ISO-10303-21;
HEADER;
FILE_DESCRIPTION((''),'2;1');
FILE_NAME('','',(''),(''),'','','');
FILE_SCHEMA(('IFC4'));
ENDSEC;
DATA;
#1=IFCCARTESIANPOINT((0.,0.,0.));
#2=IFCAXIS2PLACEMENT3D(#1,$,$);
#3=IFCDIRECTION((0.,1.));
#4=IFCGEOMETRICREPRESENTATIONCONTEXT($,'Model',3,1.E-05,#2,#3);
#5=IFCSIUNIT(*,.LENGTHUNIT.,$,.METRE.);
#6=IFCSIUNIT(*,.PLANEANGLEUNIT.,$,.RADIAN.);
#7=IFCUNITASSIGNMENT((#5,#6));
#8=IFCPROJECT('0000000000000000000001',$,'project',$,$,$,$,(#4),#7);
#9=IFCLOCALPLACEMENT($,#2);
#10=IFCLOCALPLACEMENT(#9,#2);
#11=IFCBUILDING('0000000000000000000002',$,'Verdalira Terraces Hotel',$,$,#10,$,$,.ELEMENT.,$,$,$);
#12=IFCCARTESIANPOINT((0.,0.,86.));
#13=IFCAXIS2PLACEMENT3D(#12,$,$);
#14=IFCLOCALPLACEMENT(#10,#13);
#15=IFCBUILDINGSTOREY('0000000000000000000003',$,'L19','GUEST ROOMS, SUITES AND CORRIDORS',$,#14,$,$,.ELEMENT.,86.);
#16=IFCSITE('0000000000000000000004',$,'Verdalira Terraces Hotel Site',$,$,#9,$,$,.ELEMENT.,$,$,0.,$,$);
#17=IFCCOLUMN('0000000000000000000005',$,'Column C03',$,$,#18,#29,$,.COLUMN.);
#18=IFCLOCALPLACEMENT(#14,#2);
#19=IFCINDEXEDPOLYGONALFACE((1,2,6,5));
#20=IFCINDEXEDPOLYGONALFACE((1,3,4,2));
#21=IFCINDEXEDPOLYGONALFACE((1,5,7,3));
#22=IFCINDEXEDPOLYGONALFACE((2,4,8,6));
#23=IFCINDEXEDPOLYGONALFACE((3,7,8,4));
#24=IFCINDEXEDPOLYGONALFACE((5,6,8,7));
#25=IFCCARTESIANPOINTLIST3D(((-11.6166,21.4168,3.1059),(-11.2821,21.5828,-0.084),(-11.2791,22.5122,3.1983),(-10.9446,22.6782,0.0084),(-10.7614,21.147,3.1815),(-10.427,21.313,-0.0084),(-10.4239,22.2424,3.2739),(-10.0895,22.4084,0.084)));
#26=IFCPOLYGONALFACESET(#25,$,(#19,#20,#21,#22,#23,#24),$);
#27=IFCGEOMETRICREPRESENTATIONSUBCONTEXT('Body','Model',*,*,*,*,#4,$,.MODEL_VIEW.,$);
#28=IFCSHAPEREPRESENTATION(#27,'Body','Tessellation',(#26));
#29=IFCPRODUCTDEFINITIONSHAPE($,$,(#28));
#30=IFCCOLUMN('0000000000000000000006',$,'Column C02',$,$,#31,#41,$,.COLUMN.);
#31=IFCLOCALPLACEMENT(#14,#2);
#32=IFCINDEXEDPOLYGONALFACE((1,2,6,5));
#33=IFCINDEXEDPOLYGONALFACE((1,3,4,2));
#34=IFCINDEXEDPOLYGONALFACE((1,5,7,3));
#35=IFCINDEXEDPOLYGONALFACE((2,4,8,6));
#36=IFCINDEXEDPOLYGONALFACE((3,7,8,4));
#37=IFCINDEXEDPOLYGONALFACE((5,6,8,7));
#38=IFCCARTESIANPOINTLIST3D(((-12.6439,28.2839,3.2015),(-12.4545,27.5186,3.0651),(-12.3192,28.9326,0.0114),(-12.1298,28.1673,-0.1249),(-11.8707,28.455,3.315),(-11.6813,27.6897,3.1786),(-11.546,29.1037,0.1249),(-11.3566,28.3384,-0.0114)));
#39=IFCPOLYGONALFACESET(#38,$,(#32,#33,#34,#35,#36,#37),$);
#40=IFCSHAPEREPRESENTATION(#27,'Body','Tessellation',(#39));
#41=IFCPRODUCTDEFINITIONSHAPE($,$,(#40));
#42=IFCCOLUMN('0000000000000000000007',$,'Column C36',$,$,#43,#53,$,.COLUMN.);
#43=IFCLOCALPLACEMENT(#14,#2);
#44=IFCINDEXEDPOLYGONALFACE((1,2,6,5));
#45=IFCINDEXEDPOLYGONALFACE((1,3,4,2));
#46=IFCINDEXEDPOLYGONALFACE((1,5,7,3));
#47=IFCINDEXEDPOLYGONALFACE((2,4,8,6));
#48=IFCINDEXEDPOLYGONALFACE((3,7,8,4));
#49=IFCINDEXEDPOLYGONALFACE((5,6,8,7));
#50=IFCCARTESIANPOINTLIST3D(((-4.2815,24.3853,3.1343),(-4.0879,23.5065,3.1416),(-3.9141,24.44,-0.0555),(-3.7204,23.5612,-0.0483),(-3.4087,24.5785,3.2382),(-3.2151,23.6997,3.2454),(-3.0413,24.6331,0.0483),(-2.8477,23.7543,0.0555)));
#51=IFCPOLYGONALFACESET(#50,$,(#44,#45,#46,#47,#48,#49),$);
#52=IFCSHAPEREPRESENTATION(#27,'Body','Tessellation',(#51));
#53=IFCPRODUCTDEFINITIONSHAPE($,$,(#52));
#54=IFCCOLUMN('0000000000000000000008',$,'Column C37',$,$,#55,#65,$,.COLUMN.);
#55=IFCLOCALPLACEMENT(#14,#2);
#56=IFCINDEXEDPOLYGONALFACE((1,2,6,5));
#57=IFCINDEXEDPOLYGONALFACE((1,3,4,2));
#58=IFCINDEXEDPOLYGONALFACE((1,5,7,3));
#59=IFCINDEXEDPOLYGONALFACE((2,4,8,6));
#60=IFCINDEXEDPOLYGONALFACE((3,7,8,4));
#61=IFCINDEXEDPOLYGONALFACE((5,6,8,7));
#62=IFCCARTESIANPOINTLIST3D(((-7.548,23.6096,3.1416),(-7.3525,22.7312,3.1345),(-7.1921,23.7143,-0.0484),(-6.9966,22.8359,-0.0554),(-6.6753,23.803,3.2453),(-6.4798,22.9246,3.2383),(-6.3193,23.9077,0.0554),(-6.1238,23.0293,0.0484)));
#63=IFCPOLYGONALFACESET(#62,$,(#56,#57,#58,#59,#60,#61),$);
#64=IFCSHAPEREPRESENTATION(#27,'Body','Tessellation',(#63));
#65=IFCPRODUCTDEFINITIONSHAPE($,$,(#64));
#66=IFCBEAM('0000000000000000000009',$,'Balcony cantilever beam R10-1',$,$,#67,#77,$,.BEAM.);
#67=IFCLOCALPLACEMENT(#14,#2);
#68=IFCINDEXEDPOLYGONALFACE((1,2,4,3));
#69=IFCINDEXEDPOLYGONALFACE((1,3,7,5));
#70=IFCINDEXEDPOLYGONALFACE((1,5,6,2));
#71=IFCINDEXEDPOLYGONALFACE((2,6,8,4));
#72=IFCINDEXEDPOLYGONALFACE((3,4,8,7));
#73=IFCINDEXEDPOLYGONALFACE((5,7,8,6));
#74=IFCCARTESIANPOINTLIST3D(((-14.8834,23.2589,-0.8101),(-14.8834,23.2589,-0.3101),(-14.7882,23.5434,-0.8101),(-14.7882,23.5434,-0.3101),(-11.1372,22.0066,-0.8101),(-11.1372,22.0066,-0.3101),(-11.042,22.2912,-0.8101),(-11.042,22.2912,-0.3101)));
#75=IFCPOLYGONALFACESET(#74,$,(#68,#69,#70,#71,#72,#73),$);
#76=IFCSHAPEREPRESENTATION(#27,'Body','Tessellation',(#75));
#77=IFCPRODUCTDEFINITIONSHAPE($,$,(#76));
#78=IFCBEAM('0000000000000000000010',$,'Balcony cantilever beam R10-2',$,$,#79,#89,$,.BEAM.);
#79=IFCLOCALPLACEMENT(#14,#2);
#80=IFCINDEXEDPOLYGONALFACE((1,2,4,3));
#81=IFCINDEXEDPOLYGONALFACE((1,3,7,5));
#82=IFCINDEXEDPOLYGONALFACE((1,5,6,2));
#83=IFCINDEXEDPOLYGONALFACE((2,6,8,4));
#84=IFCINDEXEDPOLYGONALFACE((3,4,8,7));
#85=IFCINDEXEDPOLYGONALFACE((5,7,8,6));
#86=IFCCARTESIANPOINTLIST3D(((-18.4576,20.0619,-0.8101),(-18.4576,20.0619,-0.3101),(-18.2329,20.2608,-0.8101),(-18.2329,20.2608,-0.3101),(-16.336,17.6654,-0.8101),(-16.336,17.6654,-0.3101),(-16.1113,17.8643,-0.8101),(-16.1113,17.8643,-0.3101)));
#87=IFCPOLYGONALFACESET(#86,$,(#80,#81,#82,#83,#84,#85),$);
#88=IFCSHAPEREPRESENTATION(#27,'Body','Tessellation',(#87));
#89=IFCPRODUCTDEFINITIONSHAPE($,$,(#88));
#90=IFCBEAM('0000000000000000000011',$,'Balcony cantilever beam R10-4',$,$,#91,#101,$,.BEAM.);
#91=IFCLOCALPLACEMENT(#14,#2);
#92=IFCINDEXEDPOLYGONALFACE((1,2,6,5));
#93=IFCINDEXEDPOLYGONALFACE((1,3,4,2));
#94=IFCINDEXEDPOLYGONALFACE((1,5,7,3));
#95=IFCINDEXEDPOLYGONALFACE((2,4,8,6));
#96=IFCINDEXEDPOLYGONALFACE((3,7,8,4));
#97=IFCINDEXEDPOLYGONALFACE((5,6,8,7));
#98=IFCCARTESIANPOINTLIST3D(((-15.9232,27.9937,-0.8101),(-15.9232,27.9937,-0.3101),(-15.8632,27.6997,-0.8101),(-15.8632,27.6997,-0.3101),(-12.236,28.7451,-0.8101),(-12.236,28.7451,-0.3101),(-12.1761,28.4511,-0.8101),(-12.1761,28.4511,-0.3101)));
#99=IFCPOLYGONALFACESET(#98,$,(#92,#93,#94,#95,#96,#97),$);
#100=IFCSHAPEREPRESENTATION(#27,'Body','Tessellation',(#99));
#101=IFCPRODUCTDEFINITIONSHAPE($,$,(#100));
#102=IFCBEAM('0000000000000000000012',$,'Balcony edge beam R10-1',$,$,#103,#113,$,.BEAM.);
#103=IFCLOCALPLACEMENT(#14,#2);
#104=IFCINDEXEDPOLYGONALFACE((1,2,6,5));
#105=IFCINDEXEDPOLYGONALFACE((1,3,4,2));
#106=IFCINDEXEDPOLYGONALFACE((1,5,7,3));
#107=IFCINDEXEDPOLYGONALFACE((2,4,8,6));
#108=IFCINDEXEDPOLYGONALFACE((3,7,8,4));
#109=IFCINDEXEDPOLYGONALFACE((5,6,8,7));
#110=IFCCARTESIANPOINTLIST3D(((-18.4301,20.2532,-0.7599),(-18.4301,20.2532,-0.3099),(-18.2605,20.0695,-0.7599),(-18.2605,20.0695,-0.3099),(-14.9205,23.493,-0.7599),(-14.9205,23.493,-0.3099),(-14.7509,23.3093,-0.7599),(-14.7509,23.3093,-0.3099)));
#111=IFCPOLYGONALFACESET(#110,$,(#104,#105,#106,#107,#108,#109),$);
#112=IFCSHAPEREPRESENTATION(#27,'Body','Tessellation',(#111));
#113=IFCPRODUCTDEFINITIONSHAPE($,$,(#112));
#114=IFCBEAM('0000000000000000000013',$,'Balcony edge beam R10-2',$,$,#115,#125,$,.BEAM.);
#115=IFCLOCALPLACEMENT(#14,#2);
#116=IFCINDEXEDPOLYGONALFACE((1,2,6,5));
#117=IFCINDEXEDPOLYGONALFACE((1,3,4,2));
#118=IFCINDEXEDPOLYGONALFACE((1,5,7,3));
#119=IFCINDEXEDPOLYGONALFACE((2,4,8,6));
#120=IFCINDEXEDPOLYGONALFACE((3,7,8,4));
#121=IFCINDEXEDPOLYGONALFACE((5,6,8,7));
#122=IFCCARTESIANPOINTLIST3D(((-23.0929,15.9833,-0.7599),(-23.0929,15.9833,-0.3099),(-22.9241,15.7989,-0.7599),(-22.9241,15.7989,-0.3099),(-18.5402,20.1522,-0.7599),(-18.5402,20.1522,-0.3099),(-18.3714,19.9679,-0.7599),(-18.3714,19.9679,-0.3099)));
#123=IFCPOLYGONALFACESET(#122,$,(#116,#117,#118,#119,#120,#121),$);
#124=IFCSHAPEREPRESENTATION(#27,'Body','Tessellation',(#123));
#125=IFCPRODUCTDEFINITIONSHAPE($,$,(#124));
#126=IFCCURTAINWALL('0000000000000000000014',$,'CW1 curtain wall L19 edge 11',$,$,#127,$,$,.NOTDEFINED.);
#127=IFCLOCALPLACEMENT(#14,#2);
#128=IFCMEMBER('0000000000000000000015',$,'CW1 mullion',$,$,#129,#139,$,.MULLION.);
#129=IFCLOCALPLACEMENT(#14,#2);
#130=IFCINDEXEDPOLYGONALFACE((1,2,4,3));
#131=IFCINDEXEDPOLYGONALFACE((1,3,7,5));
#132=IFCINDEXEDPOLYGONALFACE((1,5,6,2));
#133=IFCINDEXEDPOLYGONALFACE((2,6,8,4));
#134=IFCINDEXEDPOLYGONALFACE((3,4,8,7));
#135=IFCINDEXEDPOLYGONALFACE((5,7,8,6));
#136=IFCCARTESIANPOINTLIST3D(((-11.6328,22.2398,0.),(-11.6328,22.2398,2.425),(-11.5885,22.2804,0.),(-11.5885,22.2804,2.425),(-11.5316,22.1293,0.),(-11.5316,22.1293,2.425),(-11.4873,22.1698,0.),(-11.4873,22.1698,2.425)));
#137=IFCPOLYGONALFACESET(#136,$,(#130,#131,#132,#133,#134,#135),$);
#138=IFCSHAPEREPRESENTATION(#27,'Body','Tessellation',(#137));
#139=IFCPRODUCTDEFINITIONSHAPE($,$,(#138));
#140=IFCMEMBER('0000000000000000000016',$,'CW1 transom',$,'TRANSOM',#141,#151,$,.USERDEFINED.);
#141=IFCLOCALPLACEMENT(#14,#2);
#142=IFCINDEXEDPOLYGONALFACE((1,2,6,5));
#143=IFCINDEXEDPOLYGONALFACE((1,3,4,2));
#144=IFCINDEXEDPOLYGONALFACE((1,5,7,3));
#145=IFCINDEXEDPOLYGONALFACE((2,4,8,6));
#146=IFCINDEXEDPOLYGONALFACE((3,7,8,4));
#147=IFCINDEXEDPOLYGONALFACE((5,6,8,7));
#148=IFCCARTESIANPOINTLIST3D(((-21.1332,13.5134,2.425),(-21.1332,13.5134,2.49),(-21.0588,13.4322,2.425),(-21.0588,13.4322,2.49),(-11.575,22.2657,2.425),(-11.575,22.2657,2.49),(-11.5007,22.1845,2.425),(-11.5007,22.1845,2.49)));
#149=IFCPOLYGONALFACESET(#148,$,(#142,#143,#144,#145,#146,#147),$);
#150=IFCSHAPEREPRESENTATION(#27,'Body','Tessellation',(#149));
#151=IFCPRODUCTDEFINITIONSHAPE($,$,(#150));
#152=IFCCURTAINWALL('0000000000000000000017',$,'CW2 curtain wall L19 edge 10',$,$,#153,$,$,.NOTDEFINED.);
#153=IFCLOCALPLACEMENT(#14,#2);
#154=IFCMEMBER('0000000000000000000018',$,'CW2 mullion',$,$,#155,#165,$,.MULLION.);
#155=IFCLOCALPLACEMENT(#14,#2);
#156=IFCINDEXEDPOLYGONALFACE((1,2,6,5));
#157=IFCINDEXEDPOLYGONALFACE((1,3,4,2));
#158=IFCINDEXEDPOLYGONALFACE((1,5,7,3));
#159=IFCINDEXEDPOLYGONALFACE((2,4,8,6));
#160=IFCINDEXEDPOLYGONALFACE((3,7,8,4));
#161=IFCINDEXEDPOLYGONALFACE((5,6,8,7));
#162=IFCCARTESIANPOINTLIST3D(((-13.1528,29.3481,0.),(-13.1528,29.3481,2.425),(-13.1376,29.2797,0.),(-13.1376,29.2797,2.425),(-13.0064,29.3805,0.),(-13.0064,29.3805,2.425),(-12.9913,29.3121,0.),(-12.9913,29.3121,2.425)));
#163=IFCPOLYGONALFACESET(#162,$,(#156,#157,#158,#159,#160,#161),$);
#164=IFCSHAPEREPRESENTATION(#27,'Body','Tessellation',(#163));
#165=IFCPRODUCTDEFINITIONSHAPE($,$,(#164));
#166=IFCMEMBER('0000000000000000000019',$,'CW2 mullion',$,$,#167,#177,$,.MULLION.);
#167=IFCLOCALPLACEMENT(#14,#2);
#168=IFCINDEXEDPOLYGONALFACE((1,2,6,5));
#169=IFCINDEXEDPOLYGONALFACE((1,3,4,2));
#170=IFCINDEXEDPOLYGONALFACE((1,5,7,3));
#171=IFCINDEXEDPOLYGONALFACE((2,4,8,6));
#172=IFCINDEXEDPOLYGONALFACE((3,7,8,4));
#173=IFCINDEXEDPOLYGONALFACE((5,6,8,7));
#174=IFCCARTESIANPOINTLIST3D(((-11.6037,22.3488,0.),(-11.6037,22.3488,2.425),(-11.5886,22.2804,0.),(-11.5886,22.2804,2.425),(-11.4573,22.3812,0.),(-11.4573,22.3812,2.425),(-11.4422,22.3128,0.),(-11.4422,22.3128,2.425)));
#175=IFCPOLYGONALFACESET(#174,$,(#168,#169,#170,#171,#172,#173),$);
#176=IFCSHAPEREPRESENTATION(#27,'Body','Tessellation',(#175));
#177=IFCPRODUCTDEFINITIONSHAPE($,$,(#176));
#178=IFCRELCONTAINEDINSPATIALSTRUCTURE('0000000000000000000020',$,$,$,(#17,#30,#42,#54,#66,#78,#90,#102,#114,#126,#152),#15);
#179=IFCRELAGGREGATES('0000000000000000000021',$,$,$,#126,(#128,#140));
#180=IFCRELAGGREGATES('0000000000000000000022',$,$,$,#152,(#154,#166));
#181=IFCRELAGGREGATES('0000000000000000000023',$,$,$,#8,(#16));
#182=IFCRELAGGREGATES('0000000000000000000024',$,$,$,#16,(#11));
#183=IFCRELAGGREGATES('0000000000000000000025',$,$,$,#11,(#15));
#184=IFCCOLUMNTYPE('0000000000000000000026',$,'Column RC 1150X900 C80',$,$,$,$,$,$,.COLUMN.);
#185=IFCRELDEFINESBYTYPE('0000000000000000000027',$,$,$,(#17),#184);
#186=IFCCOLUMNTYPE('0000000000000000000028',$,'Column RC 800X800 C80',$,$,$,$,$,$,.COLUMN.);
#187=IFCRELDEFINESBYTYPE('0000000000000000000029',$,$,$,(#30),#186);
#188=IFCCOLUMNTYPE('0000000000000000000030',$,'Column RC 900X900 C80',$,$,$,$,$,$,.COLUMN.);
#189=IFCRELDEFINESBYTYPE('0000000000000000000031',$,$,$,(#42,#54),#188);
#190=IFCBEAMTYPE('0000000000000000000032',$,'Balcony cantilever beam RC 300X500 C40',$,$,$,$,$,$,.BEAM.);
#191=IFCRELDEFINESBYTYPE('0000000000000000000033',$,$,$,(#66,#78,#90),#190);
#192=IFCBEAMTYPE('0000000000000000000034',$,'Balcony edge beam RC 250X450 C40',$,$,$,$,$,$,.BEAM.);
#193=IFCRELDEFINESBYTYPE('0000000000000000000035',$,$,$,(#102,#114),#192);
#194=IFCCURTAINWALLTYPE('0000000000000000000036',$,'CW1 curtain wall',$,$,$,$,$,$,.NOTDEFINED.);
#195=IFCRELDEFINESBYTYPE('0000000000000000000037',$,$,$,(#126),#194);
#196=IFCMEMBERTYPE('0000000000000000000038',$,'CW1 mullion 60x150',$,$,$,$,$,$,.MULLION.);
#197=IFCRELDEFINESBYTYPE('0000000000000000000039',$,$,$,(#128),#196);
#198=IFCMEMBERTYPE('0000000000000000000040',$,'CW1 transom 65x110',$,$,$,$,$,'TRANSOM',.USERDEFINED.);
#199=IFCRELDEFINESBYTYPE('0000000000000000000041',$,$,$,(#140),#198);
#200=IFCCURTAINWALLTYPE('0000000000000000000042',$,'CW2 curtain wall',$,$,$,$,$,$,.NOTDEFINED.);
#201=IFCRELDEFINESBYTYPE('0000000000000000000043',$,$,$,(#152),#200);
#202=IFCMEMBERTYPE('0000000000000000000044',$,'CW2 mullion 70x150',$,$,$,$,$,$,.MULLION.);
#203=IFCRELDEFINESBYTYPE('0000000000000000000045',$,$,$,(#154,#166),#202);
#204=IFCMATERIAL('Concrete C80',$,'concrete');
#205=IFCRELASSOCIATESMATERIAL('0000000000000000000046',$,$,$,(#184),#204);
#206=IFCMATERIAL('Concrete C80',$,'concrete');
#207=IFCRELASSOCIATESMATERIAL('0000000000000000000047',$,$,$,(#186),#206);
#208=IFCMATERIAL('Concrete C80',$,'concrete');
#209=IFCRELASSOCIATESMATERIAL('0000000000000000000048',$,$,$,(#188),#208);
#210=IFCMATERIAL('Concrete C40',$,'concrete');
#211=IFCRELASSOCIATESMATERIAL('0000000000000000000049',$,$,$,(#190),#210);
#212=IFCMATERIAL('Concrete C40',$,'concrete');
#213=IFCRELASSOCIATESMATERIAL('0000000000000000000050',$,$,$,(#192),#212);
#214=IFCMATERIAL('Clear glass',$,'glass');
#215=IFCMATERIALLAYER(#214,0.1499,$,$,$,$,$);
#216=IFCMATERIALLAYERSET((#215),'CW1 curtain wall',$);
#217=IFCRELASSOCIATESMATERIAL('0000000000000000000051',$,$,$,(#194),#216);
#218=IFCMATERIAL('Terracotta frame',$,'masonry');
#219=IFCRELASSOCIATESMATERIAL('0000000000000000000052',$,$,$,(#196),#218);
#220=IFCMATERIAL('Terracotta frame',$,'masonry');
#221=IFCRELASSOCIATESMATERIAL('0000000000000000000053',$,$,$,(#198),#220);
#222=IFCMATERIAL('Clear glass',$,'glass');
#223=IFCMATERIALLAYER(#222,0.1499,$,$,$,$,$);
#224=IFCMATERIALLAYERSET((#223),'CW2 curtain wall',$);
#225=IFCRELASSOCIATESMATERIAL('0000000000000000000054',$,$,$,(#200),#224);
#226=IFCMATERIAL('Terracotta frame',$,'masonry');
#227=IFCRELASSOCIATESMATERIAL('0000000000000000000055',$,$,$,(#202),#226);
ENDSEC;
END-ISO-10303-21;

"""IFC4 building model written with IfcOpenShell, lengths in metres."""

from ifc_helpers import new_model, si_unit, direction, frame, origin, origin_2d, place, context, subcontext, project, spatial, rectangle, extrude, material, layer, layer_set, material_profile, profile_set, type_object, element, aggregate, save


model = new_model("IFC4")

# Units and contexts
model_context = context("Model", 3, precision=1e-05, world=origin(), true_north=direction((0.0, 1.0)))
body_context = subcontext(model_context, "Body", "Model", "MODEL_VIEW")
ifc_project = project(units=[si_unit("LENGTHUNIT", "METRE"), si_unit("PLANEANGLEUNIT", "RADIAN")], contexts=[model_context])

# Site, building, storey
site_placement = place(None, origin())
site = spatial("IfcSite", under=ifc_project, at=site_placement, Name="Verdalira Terraces Hotel Site", CompositionType="ELEMENT", RefElevation=0.0)
building_placement = place(site_placement, origin())
building = spatial("IfcBuilding", under=site, at=building_placement, Name="Verdalira Terraces Hotel", CompositionType="ELEMENT")
storey_placement = place(building_placement, frame((0.0, 0.0, 86.0)))
storey = spatial("IfcBuildingStorey", under=building, at=storey_placement, Name="L19", Description="GUEST ROOMS, SUITES AND CORRIDORS", CompositionType="ELEMENT", Elevation=86.0)

# Columns
ifc_material_1 = material(Name="Concrete C80", Category="concrete")
ifc_material_profile_1 = material_profile(ifc_material_1, rectangle(XDim=1.1499, YDim=0.8999, at=origin_2d()), Name="RC 1150X900")
ifc_profile_set_1 = profile_set([ifc_material_profile_1], Name="Concrete C80")
column_type_1 = type_object("IfcColumnType", Name="Column RC 1150X900 C80", PredefinedType="COLUMN", material=ifc_profile_set_1)
column_1_placement = place(storey_placement, frame((-10.6858, 21.9956, 0.0), z_axis=(-0.104141, -0.051691, 0.993218), x_axis=(0.29349, 0.95258, 0.080349)))
element("IfcColumn", 1, at=column_1_placement, inside=storey, type_object=column_type_1, Name="Column C03", PredefinedType="COLUMN", context=body_context, shape_type="SweptSolid", body=[
    extrude(rectangle(XDim=1.1499, YDim=0.8999, at=origin_2d()), origin(), (0.0, 0.0, 1.0), 3.2117),
])
ifc_material_2 = material(Name="Concrete C80", Category="concrete")
ifc_material_profile_2 = material_profile(ifc_material_2, rectangle(XDim=0.8, YDim=0.8, at=origin_2d()), Name="RC 800X800")
ifc_profile_set_2 = profile_set([ifc_material_profile_2], Name="Concrete C80")
column_type_2 = type_object("IfcColumnType", Name="Column RC 800X800 C80", PredefinedType="COLUMN", material=ifc_profile_set_2)
column_2_placement = place(storey_placement, frame((-11.8379, 28.6355, 0.0), z_axis=(-0.099257, -0.19829, 0.975105), x_axis=(0.236719, -0.956516, -0.170414)))
element("IfcColumn", 2, at=column_2_placement, inside=storey, type_object=column_type_2, Name="Column C02", PredefinedType="COLUMN", context=body_context, shape_type="SweptSolid", body=[
    extrude(rectangle(XDim=0.8, YDim=0.8, at=origin_2d()), origin(), (0.0, 0.0, 1.0), 3.2715),
])
ifc_material_3 = material(Name="Concrete C80", Category="concrete")
ifc_material_profile_3 = material_profile(ifc_material_3, rectangle(XDim=0.8999, YDim=0.8999, at=origin_2d()), Name="RC 900X900")
ifc_profile_set_3 = profile_set([ifc_material_profile_3], Name="Concrete C80")
column_type_3 = type_object("IfcColumnType", Name="Column RC 900X900 C80", PredefinedType="COLUMN", material=ifc_profile_set_3)
for number, where, z_axis, x_axis, name in (
    (3, (-3.3809, 24.0972, 0.0), (-0.114411, -0.017029, 0.993288), (-0.215165, 0.976545, -0.008042), "Column C36"),
    (4, (-6.658, 23.3718, 0.0), (-0.11084, -0.032613, 0.993303), (-0.217237, 0.976088, 0.007807), "Column C37"),
):
    element("IfcColumn", number, at=place(storey_placement, frame(where, z_axis=z_axis, x_axis=x_axis)), inside=storey, type_object=column_type_3, Name=name, PredefinedType="COLUMN", context=body_context, shape_type="SweptSolid", body=[
        extrude(rectangle(XDim=0.8999, YDim=0.8999, at=origin_2d()), origin(), (0.0, 0.0, 1.0), 3.2114),
    ])

# Beams
ifc_material_4 = material(Name="Concrete C40", Category="concrete")
ifc_material_profile_4 = material_profile(ifc_material_4, rectangle(XDim=0.3, YDim=0.5, at=origin_2d()), Name="RC 300X500")
ifc_profile_set_4 = profile_set([ifc_material_profile_4], Name="Concrete C40")
beam_type_1 = type_object("IfcBeamType", Name="Balcony cantilever beam RC 300X500 C40", PredefinedType="BEAM", material=ifc_profile_set_4)
beam_1_placement = place(storey_placement, frame((-11.0896, 22.1489, -0.5601), z_axis=(-0.948417, 0.317025, 0.0), x_axis=(-0.317025, -0.948417, 0.0)))
element("IfcBeam", 5, at=beam_1_placement, inside=storey, type_object=beam_type_1, Name="Balcony cantilever beam R10-1", PredefinedType="BEAM", context=body_context, shape_type="SweptSolid", body=[
    extrude(rectangle(XDim=0.3, YDim=0.5, at=origin_2d()), origin(), (0.0, 0.0, 1.0), 3.95),
])
beam_2_placement = place(storey_placement, frame((-16.2236, 17.7649, -0.5601), z_axis=(-0.662857, 0.748746, 0.0), x_axis=(-0.748746, -0.662857, 0.0)))
element("IfcBeam", 6, at=beam_2_placement, inside=storey, type_object=beam_type_1, Name="Balcony cantilever beam R10-2", PredefinedType="BEAM", context=body_context, shape_type="SweptSolid", body=[
    extrude(rectangle(XDim=0.3, YDim=0.5, at=origin_2d()), origin(), (0.0, 0.0, 1.0), 3.2007),
])
beam_3_placement = place(storey_placement, frame((-12.2061, 28.5981, -0.5601), z_axis=(-0.979858, -0.199696, 0.0), x_axis=(0.199696, -0.979858, 0.0)))
element("IfcBeam", 7, at=beam_3_placement, inside=storey, type_object=beam_type_1, Name="Balcony cantilever beam R10-4", PredefinedType="BEAM", context=body_context, shape_type="SweptSolid", body=[
    extrude(rectangle(XDim=0.3, YDim=0.5, at=origin_2d()), origin(), (0.0, 0.0, 1.0), 3.7629),
])
ifc_material_5 = material(Name="Concrete C40", Category="concrete")
ifc_material_profile_5 = material_profile(ifc_material_5, rectangle(XDim=0.25, YDim=0.45, at=origin_2d()), Name="RC 250X450")
ifc_profile_set_5 = profile_set([ifc_material_profile_5], Name="Concrete C40")
beam_type_2 = type_object("IfcBeamType", Name="Balcony edge beam RC 250X450 C40", PredefinedType="BEAM", material=ifc_profile_set_5)
beam_4_placement = place(storey_placement, frame((-14.8357, 23.4011, -0.5349), z_axis=(-0.734784, -0.678301, 0.0), x_axis=(0.678301, -0.734784, 0.0)))
element("IfcBeam", 8, at=beam_4_placement, inside=storey, type_object=beam_type_2, Name="Balcony edge beam R10-1", PredefinedType="BEAM", context=body_context, shape_type="SweptSolid", body=[
    extrude(rectangle(XDim=0.25, YDim=0.45, at=origin_2d()), origin(), (0.0, 0.0, 1.0), 4.7764),
])
beam_5_placement = place(storey_placement, frame((-18.4558, 20.0601, -0.5349), z_axis=(-0.737509, -0.675338, 0.0), x_axis=(0.675338, -0.737509, 0.0)))
element("IfcBeam", 9, at=beam_5_placement, inside=storey, type_object=beam_type_2, Name="Balcony edge beam R10-2", PredefinedType="BEAM", context=body_context, shape_type="SweptSolid", body=[
    extrude(rectangle(XDim=0.25, YDim=0.45, at=origin_2d()), origin(), (0.0, 0.0, 1.0), 6.1731),
])

# Curtain walls, members
ifc_material_6 = material(Name="Clear glass", Category="glass")
ifc_layer_1 = layer(ifc_material_6, 0.1499)
ifc_layer_set_1 = layer_set([ifc_layer_1], Name="CW1 curtain wall")
curtain_wall_type_1 = type_object("IfcCurtainWallType", Name="CW1 curtain wall", PredefinedType="NOTDEFINED", material=ifc_layer_set_1)
curtain_wall_1_placement = place(storey_placement, origin())
curtain_wall_1 = element("IfcCurtainWall", 10, at=curtain_wall_1_placement, inside=storey, type_object=curtain_wall_type_1, Name="CW1 curtain wall L19 edge 11", PredefinedType="NOTDEFINED")
ifc_material_7 = material(Name="Terracotta frame", Category="masonry")
ifc_material_profile_6 = material_profile(ifc_material_7, rectangle(XDim=0.0601, YDim=0.1499, at=origin_2d()), Name="MU 60x150")
ifc_profile_set_6 = profile_set([ifc_material_profile_6], Name="Terracotta frame")
member_type_1 = type_object("IfcMemberType", Name="CW1 mullion 60x150", PredefinedType="MULLION", material=ifc_profile_set_6)
member_1_placement = place(storey_placement, frame((-11.5601, 22.2048, 0.0), z_axis=(0.0, 0.0, 1.0), x_axis=(-0.737513, -0.675333, 0.0)))
member_1 = element("IfcMember", 11, at=member_1_placement, type_object=member_type_1, Name="CW1 mullion", PredefinedType="MULLION", context=body_context, shape_type="SweptSolid", body=[
    extrude(rectangle(XDim=0.0601, YDim=0.1499, at=origin_2d()), origin(), (0.0, 0.0, 1.0), 2.425),
])
ifc_material_8 = material(Name="Terracotta frame", Category="masonry")
ifc_material_profile_7 = material_profile(ifc_material_8, rectangle(XDim=0.1101, YDim=0.0649, at=origin_2d()), Name="TR 65x110")
ifc_profile_set_7 = profile_set([ifc_material_profile_7], Name="Terracotta frame")
member_type_2 = type_object("IfcMemberType", Name="CW1 transom 65x110", ElementType="TRANSOM", PredefinedType="USERDEFINED", material=ifc_profile_set_7)
member_2_placement = place(storey_placement, frame((-11.5378, 22.2251, 2.4575), z_axis=(-0.737515, -0.67533, 0.0), x_axis=(0.67533, -0.737515, 0.0)))
member_2 = element("IfcMember", 12, at=member_2_placement, type_object=member_type_2, Name="CW1 transom", ObjectType="TRANSOM", PredefinedType="USERDEFINED", context=body_context, shape_type="SweptSolid", body=[
    extrude(rectangle(XDim=0.1101, YDim=0.0649, at=origin_2d()), origin(), (0.0, 0.0, 1.0), 12.96),
])
ifc_material_9 = material(Name="Clear glass", Category="glass")
ifc_layer_2 = layer(ifc_material_9, 0.1499)
ifc_layer_set_2 = layer_set([ifc_layer_2], Name="CW2 curtain wall")
curtain_wall_type_2 = type_object("IfcCurtainWallType", Name="CW2 curtain wall", PredefinedType="NOTDEFINED", material=ifc_layer_set_2)
curtain_wall_2_placement = place(storey_placement, origin())
curtain_wall_2 = element("IfcCurtainWall", 13, at=curtain_wall_2_placement, inside=storey, type_object=curtain_wall_type_2, Name="CW2 curtain wall L19 edge 10", PredefinedType="NOTDEFINED")
ifc_material_10 = material(Name="Terracotta frame", Category="masonry")
ifc_material_profile_8 = material_profile(ifc_material_10, rectangle(XDim=0.0701, YDim=0.1499, at=origin_2d()), Name="MU 70x150")
ifc_profile_set_8 = profile_set([ifc_material_profile_8], Name="Terracotta frame")
member_type_3 = type_object("IfcMemberType", Name="CW2 mullion 70x150", PredefinedType="MULLION", material=ifc_profile_set_8)
member_3_placement = place(storey_placement, frame((-13.072, 29.3301, 0.0), z_axis=(0.0, 0.0, 1.0), x_axis=(0.216099, -0.976371, 0.0)))
member_3 = element("IfcMember", 14, at=member_3_placement, type_object=member_type_3, Name="CW2 mullion", PredefinedType="MULLION", context=body_context, shape_type="SweptSolid", body=[
    extrude(rectangle(XDim=0.0701, YDim=0.1499, at=origin_2d()), origin(), (0.0, 0.0, 1.0), 2.425),
])
member_4_placement = place(storey_placement, frame((-11.5229, 22.3308, 0.0), z_axis=(0.0, 0.0, 1.0), x_axis=(0.216099, -0.976371, 0.0)))
member_4 = element("IfcMember", 15, at=member_4_placement, type_object=member_type_3, Name="CW2 mullion", PredefinedType="MULLION", context=body_context, shape_type="SweptSolid", body=[
    extrude(rectangle(XDim=0.0701, YDim=0.1499, at=origin_2d()), origin(), (0.0, 0.0, 1.0), 2.425),
])

aggregate(curtain_wall_1, [member_1, member_2])
aggregate(curtain_wall_2, [member_3, member_4])

save(model, "model.ifc")
